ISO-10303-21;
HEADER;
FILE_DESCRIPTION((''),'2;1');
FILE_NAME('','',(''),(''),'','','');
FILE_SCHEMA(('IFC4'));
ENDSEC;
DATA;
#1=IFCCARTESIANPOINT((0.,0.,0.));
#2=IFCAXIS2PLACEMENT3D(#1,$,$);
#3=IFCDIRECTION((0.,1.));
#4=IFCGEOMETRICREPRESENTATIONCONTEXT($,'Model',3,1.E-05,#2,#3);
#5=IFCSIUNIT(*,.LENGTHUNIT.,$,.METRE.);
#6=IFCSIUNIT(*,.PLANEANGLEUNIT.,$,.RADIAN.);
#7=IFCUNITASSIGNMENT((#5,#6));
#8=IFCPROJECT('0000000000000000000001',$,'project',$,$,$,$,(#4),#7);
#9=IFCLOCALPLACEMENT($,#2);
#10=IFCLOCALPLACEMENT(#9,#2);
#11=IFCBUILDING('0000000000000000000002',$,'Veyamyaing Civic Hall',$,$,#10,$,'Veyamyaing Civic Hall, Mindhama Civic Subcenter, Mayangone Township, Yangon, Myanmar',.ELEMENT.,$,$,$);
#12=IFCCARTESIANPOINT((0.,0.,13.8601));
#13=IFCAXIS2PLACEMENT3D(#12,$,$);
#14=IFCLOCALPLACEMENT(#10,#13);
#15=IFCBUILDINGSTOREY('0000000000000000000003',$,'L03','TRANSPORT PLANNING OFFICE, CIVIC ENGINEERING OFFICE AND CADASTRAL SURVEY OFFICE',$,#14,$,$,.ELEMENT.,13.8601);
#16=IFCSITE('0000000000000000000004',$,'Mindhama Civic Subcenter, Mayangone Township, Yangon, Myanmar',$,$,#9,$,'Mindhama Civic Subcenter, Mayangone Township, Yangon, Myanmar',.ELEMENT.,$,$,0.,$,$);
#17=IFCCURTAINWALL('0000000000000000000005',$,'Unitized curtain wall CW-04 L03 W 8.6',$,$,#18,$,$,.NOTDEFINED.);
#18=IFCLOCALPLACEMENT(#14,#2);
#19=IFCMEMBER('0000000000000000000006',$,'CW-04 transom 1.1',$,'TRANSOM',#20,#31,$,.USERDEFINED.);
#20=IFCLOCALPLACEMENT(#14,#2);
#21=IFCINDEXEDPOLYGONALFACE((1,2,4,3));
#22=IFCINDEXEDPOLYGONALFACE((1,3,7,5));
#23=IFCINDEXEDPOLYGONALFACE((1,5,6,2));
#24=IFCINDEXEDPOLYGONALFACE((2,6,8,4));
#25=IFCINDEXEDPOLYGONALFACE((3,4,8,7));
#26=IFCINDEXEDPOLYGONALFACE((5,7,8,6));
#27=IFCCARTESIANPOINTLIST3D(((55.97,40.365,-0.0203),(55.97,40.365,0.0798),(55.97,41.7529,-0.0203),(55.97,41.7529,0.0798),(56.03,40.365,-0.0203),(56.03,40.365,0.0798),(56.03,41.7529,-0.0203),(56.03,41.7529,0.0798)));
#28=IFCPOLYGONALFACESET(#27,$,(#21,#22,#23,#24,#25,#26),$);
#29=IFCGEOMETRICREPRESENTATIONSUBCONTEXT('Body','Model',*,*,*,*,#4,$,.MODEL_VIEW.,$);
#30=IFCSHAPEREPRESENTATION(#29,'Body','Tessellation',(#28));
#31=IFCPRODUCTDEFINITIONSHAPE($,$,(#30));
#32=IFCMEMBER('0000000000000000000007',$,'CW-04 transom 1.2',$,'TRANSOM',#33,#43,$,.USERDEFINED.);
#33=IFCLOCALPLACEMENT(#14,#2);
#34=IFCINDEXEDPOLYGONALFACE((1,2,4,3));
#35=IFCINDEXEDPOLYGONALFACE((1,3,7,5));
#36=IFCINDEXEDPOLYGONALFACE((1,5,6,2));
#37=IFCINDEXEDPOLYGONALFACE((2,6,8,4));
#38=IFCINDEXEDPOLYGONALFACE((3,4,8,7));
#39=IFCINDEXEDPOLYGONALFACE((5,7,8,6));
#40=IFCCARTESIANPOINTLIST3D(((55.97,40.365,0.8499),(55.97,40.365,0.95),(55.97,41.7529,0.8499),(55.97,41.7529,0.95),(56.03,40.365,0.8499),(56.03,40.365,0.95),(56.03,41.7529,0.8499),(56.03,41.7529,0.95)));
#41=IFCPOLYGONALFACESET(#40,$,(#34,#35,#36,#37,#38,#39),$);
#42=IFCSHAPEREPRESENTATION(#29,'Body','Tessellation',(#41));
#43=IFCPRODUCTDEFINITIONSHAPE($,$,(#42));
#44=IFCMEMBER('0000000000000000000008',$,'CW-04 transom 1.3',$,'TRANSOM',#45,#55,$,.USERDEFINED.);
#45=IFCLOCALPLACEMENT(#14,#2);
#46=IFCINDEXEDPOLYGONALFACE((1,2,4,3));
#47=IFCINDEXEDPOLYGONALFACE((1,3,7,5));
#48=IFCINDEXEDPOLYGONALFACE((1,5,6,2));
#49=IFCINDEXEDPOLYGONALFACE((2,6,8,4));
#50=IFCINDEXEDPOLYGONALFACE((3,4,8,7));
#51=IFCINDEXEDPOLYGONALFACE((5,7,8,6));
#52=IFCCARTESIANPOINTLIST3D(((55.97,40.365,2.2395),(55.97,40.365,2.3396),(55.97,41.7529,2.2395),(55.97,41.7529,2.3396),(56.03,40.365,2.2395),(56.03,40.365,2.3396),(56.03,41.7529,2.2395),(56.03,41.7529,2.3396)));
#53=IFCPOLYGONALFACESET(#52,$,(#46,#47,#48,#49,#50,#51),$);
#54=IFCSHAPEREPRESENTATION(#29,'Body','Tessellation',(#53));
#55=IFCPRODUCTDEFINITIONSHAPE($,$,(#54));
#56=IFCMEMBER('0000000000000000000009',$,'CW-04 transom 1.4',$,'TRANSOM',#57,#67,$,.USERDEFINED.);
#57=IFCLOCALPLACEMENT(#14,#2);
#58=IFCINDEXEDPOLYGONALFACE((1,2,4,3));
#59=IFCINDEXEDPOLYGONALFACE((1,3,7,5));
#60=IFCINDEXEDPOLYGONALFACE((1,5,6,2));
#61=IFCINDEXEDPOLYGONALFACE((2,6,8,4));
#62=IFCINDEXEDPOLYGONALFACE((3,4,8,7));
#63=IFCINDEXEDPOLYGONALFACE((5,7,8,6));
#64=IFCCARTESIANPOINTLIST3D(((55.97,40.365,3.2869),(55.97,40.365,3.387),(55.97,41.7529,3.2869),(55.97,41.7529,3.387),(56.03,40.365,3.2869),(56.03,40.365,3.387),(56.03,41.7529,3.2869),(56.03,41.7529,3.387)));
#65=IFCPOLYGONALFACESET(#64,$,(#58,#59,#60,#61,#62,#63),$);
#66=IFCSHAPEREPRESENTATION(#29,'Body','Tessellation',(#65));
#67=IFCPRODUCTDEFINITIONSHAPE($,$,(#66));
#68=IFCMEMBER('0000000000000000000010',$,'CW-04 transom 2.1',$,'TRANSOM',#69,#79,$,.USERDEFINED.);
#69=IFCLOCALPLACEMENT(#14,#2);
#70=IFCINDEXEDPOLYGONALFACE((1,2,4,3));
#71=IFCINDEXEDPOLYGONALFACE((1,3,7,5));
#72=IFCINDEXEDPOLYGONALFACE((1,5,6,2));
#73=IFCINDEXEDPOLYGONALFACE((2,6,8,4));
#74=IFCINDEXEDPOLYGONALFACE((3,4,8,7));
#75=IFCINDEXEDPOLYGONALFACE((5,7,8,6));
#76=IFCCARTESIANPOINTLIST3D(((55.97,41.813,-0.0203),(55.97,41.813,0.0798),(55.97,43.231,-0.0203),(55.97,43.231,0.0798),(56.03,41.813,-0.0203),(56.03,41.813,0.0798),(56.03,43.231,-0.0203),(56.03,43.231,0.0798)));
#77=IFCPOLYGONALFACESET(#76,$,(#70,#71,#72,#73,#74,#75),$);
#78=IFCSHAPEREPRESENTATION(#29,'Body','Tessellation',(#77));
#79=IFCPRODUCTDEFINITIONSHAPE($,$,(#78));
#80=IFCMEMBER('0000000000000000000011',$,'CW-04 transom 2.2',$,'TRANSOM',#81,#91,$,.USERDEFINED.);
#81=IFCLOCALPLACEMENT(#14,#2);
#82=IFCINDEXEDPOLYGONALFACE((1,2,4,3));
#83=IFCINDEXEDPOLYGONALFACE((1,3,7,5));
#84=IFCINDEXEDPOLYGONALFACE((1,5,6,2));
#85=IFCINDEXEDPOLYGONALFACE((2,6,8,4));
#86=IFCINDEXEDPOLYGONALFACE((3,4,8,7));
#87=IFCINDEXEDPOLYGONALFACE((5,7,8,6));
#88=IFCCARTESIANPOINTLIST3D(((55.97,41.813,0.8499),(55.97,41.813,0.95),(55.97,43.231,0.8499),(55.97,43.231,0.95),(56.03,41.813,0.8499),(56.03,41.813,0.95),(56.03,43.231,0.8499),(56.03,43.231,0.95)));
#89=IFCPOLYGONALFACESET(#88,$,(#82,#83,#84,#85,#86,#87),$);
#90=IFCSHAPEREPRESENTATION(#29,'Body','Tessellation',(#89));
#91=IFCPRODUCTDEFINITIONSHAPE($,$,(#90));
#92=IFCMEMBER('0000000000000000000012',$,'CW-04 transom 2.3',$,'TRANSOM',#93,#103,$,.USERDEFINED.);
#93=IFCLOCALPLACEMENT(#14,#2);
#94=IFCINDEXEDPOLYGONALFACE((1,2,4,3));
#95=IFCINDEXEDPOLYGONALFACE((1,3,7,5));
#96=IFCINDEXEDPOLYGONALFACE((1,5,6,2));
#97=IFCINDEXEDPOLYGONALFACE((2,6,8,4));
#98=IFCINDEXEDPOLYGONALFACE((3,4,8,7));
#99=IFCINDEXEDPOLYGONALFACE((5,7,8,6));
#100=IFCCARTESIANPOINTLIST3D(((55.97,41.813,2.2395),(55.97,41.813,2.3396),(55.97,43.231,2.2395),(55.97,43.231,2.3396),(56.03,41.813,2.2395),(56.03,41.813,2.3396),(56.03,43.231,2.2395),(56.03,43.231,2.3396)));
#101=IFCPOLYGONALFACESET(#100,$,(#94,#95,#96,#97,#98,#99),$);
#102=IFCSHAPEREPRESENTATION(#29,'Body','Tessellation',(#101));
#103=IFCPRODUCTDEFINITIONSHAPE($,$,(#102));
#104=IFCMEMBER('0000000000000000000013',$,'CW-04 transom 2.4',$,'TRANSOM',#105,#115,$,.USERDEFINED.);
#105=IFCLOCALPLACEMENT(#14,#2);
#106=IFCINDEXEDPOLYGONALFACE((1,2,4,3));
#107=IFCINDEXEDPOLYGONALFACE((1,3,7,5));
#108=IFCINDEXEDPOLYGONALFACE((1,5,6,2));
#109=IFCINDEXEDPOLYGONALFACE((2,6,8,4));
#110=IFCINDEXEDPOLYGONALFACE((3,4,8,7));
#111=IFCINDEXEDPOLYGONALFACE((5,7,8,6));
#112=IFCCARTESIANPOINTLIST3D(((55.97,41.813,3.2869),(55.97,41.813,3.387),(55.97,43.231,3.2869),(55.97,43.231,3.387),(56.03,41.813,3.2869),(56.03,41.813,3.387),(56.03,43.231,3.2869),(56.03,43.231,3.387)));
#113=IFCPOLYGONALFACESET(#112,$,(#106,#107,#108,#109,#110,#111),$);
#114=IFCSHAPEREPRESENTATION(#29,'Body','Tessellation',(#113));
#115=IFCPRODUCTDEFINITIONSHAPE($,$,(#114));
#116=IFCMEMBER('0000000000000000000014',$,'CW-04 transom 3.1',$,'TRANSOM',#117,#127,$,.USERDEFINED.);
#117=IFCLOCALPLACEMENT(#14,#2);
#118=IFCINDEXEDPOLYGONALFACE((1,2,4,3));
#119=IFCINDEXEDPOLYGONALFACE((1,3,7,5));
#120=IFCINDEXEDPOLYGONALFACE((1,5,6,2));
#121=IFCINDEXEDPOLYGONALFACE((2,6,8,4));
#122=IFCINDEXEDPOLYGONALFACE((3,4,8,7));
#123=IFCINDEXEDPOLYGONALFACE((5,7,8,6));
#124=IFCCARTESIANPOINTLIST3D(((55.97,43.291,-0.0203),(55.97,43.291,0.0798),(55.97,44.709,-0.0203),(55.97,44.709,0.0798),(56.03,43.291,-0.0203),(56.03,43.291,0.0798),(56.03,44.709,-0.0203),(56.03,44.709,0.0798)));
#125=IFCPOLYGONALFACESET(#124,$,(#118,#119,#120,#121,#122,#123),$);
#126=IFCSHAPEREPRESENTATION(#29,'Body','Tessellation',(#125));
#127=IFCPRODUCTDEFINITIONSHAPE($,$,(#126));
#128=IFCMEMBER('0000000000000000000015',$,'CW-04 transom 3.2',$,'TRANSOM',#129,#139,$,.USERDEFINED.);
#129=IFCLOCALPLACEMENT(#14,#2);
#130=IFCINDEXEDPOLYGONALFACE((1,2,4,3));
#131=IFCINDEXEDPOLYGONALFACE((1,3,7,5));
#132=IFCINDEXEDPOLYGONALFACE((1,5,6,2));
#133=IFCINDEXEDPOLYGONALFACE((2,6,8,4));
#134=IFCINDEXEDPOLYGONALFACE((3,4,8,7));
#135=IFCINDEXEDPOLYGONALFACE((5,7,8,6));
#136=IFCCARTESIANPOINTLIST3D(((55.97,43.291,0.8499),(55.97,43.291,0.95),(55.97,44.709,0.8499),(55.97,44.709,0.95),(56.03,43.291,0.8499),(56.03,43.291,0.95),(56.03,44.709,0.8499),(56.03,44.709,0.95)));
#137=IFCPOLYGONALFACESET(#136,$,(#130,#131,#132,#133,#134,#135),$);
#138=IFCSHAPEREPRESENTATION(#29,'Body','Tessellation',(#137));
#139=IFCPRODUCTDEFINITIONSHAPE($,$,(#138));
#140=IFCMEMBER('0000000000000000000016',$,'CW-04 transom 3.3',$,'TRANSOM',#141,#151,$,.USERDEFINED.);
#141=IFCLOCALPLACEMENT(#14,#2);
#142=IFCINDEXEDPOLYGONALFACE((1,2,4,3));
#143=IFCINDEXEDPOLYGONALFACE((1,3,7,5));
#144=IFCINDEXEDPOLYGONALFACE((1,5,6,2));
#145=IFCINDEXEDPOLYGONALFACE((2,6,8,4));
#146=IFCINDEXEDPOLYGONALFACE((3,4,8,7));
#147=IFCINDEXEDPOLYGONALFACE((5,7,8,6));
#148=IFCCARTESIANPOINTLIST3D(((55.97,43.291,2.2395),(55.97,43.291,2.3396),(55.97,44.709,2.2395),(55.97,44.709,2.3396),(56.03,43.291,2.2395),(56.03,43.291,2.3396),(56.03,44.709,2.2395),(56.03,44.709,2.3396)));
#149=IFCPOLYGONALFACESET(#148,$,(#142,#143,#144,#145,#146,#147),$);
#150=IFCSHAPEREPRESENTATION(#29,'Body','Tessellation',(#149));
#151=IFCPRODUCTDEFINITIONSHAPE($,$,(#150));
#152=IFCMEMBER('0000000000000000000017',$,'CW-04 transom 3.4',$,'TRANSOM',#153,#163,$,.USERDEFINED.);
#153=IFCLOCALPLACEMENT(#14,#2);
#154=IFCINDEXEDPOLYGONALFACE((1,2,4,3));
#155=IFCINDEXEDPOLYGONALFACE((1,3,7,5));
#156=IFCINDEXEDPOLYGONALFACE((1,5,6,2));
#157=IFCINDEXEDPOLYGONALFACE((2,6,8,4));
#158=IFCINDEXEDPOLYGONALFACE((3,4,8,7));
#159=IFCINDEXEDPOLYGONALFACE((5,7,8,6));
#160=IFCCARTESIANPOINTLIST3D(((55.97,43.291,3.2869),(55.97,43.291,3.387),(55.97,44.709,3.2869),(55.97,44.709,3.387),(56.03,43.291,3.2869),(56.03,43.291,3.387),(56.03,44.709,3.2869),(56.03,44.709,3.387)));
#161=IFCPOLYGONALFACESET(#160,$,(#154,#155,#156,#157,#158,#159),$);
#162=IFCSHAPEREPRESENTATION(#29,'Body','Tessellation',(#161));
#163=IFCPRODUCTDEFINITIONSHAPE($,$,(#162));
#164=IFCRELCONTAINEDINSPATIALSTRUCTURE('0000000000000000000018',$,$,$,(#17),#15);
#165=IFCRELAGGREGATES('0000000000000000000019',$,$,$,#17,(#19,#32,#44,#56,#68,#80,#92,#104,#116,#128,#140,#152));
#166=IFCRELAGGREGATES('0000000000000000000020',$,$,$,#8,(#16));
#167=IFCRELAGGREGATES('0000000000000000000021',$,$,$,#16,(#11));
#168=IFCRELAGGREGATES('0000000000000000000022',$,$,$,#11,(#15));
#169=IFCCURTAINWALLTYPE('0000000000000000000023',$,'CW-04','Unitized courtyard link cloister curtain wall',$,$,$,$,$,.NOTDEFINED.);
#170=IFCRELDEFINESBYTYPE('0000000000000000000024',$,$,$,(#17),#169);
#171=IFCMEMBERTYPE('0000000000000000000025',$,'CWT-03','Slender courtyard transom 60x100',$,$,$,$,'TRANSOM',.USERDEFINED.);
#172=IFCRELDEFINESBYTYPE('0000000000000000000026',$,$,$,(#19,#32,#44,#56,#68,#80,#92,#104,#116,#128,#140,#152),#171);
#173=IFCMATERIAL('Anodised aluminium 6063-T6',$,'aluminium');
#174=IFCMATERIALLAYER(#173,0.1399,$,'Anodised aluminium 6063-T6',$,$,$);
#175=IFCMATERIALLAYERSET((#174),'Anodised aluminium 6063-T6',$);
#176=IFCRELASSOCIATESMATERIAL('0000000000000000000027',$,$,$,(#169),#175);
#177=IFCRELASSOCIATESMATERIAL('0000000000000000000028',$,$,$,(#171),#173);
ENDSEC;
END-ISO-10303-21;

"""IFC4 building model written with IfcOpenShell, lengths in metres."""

from ifc_helpers import new_model, si_unit, direction, frame, origin, origin_2d, place, context, subcontext, project, spatial, rectangle, extrude, material, layer, layer_set, material_profile, profile_set, type_object, element, aggregate, save


model = new_model("IFC4")

# Units and contexts
model_context = context("Model", 3, precision=1e-05, world=origin(), true_north=direction((0.0, 1.0)))
body_context = subcontext(model_context, "Body", "Model", "MODEL_VIEW")
ifc_project = project(units=[si_unit("LENGTHUNIT", "METRE"), si_unit("PLANEANGLEUNIT", "RADIAN")], contexts=[model_context])

# Site, building, storey
site_placement = place(None, origin())
site = spatial("IfcSite", under=ifc_project, at=site_placement, Name="Mindhama Civic Subcenter, Mayangone Township, Yangon, Myanmar", LongName="Mindhama Civic Subcenter, Mayangone Township, Yangon, Myanmar", CompositionType="ELEMENT", RefElevation=0.0)
building_placement = place(site_placement, origin())
building = spatial("IfcBuilding", under=site, at=building_placement, Name="Veyamyaing Civic Hall", LongName="Veyamyaing Civic Hall, Mindhama Civic Subcenter, Mayangone Township, Yangon, Myanmar", CompositionType="ELEMENT")
storey_placement = place(building_placement, frame((0.0, 0.0, 13.8601)))
storey = spatial("IfcBuildingStorey", under=building, at=storey_placement, Name="L03", Description="TRANSPORT PLANNING OFFICE, CIVIC ENGINEERING OFFICE AND CADASTRAL SURVEY OFFICE", CompositionType="ELEMENT", Elevation=13.8601)

# Shared definitions
ifc_material_1 = material(Name="Anodised aluminium 6063-T6", Category="aluminium")
ifc_layer_1 = layer(ifc_material_1, 0.1399, Name="Anodised aluminium 6063-T6")
ifc_layer_set_1 = layer_set([ifc_layer_1], Name="Anodised aluminium 6063-T6")
curtain_wall_type = type_object("IfcCurtainWallType", Name="CW-04", Description="Unitized courtyard link cloister curtain wall", PredefinedType="NOTDEFINED", material=ifc_layer_set_1)

# Curtain wall
curtain_wall_1_placement = place(storey_placement, origin())
curtain_wall_1 = element("IfcCurtainWall", 1, at=curtain_wall_1_placement, inside=storey, type_object=curtain_wall_type, Name="Unitized curtain wall CW-04 L03 W 8.6", PredefinedType="NOTDEFINED")

# Members
ifc_material_profile_1 = material_profile(ifc_material_1, rectangle(XDim=0.0601, YDim=0.1001, at=origin_2d()), Name="ALU-TRN-60X100")
ifc_profile_set_1 = profile_set([ifc_material_profile_1], Name="Anodised aluminium 6063-T6")
member_type_1 = type_object("IfcMemberType", Name="CWT-03", Description="Slender courtyard transom 60x100", ElementType="TRANSOM", PredefinedType="USERDEFINED", material=ifc_profile_set_1)
member_1_placement = place(storey_placement, frame((56.0, 40.365, 0.0298), z_axis=(0.0, 1.0, 0.0), x_axis=(-1.0, 0.0, 0.0)))
member_1 = element("IfcMember", 2, at=member_1_placement, type_object=member_type_1, Name="CW-04 transom 1.1", ObjectType="TRANSOM", PredefinedType="USERDEFINED", context=body_context, shape_type="SweptSolid", body=[
    extrude(rectangle(XDim=0.0601, YDim=0.1001, at=origin_2d()), origin(), (0.0, 0.0, 1.0), 1.3879),
])
member_2_placement = place(storey_placement, frame((56.0, 40.365, 0.8999), z_axis=(0.0, 1.0, 0.0), x_axis=(-1.0, 0.0, 0.0)))
member_2 = element("IfcMember", 3, at=member_2_placement, type_object=member_type_1, Name="CW-04 transom 1.2", ObjectType="TRANSOM", PredefinedType="USERDEFINED", context=body_context, shape_type="SweptSolid", body=[
    extrude(rectangle(XDim=0.0601, YDim=0.1001, at=origin_2d()), origin(), (0.0, 0.0, 1.0), 1.3879),
])
member_3_placement = place(storey_placement, frame((56.0, 40.365, 2.2896), z_axis=(0.0, 1.0, 0.0), x_axis=(-1.0, 0.0, 0.0)))
member_3 = element("IfcMember", 4, at=member_3_placement, type_object=member_type_1, Name="CW-04 transom 1.3", ObjectType="TRANSOM", PredefinedType="USERDEFINED", context=body_context, shape_type="SweptSolid", body=[
    extrude(rectangle(XDim=0.0601, YDim=0.1001, at=origin_2d()), origin(), (0.0, 0.0, 1.0), 1.3879),
])
member_4_placement = place(storey_placement, frame((56.0, 40.365, 3.3369), z_axis=(0.0, 1.0, 0.0), x_axis=(-1.0, 0.0, 0.0)))
member_4 = element("IfcMember", 5, at=member_4_placement, type_object=member_type_1, Name="CW-04 transom 1.4", ObjectType="TRANSOM", PredefinedType="USERDEFINED", context=body_context, shape_type="SweptSolid", body=[
    extrude(rectangle(XDim=0.0601, YDim=0.1001, at=origin_2d()), origin(), (0.0, 0.0, 1.0), 1.3879),
])
member_5_placement = place(storey_placement, frame((56.0, 41.813, 0.0298), z_axis=(0.0, 1.0, 0.0), x_axis=(-1.0, 0.0, 0.0)))
member_5 = element("IfcMember", 6, at=member_5_placement, type_object=member_type_1, Name="CW-04 transom 2.1", ObjectType="TRANSOM", PredefinedType="USERDEFINED", context=body_context, shape_type="SweptSolid", body=[
    extrude(rectangle(XDim=0.0601, YDim=0.1001, at=origin_2d()), origin(), (0.0, 0.0, 1.0), 1.418),
])
member_6_placement = place(storey_placement, frame((56.0, 41.813, 0.8999), z_axis=(0.0, 1.0, 0.0), x_axis=(-1.0, 0.0, 0.0)))
member_6 = element("IfcMember", 7, at=member_6_placement, type_object=member_type_1, Name="CW-04 transom 2.2", ObjectType="TRANSOM", PredefinedType="USERDEFINED", context=body_context, shape_type="SweptSolid", body=[
    extrude(rectangle(XDim=0.0601, YDim=0.1001, at=origin_2d()), origin(), (0.0, 0.0, 1.0), 1.418),
])
member_7_placement = place(storey_placement, frame((56.0, 41.813, 2.2896), z_axis=(0.0, 1.0, 0.0), x_axis=(-1.0, 0.0, 0.0)))
member_7 = element("IfcMember", 8, at=member_7_placement, type_object=member_type_1, Name="CW-04 transom 2.3", ObjectType="TRANSOM", PredefinedType="USERDEFINED", context=body_context, shape_type="SweptSolid", body=[
    extrude(rectangle(XDim=0.0601, YDim=0.1001, at=origin_2d()), origin(), (0.0, 0.0, 1.0), 1.418),
])
member_8_placement = place(storey_placement, frame((56.0, 41.813, 3.3369), z_axis=(0.0, 1.0, 0.0), x_axis=(-1.0, 0.0, 0.0)))
member_8 = element("IfcMember", 9, at=member_8_placement, type_object=member_type_1, Name="CW-04 transom 2.4", ObjectType="TRANSOM", PredefinedType="USERDEFINED", context=body_context, shape_type="SweptSolid", body=[
    extrude(rectangle(XDim=0.0601, YDim=0.1001, at=origin_2d()), origin(), (0.0, 0.0, 1.0), 1.418),
])
member_9_placement = place(storey_placement, frame((56.0, 43.291, 0.0298), z_axis=(0.0, 1.0, 0.0), x_axis=(-1.0, 0.0, 0.0)))
member_9 = element("IfcMember", 10, at=member_9_placement, type_object=member_type_1, Name="CW-04 transom 3.1", ObjectType="TRANSOM", PredefinedType="USERDEFINED", context=body_context, shape_type="SweptSolid", body=[
    extrude(rectangle(XDim=0.0601, YDim=0.1001, at=origin_2d()), origin(), (0.0, 0.0, 1.0), 1.418),
])
member_10_placement = place(storey_placement, frame((56.0, 43.291, 0.8999), z_axis=(0.0, 1.0, 0.0), x_axis=(-1.0, 0.0, 0.0)))
member_10 = element("IfcMember", 11, at=member_10_placement, type_object=member_type_1, Name="CW-04 transom 3.2", ObjectType="TRANSOM", PredefinedType="USERDEFINED", context=body_context, shape_type="SweptSolid", body=[
    extrude(rectangle(XDim=0.0601, YDim=0.1001, at=origin_2d()), origin(), (0.0, 0.0, 1.0), 1.418),
])
member_11_placement = place(storey_placement, frame((56.0, 43.291, 2.2896), z_axis=(0.0, 1.0, 0.0), x_axis=(-1.0, 0.0, 0.0)))
member_11 = element("IfcMember", 12, at=member_11_placement, type_object=member_type_1, Name="CW-04 transom 3.3", ObjectType="TRANSOM", PredefinedType="USERDEFINED", context=body_context, shape_type="SweptSolid", body=[
    extrude(rectangle(XDim=0.0601, YDim=0.1001, at=origin_2d()), origin(), (0.0, 0.0, 1.0), 1.418),
])
member_12_placement = place(storey_placement, frame((56.0, 43.291, 3.3369), z_axis=(0.0, 1.0, 0.0), x_axis=(-1.0, 0.0, 0.0)))
member_12 = element("IfcMember", 13, at=member_12_placement, type_object=member_type_1, Name="CW-04 transom 3.4", ObjectType="TRANSOM", PredefinedType="USERDEFINED", context=body_context, shape_type="SweptSolid", body=[
    extrude(rectangle(XDim=0.0601, YDim=0.1001, at=origin_2d()), origin(), (0.0, 0.0, 1.0), 1.418),
])

aggregate(curtain_wall_1, [member_1, member_2, member_3, member_4, member_5, member_6, member_7, member_8, member_9, member_10, member_11, member_12])

save(model, "model.ifc")
